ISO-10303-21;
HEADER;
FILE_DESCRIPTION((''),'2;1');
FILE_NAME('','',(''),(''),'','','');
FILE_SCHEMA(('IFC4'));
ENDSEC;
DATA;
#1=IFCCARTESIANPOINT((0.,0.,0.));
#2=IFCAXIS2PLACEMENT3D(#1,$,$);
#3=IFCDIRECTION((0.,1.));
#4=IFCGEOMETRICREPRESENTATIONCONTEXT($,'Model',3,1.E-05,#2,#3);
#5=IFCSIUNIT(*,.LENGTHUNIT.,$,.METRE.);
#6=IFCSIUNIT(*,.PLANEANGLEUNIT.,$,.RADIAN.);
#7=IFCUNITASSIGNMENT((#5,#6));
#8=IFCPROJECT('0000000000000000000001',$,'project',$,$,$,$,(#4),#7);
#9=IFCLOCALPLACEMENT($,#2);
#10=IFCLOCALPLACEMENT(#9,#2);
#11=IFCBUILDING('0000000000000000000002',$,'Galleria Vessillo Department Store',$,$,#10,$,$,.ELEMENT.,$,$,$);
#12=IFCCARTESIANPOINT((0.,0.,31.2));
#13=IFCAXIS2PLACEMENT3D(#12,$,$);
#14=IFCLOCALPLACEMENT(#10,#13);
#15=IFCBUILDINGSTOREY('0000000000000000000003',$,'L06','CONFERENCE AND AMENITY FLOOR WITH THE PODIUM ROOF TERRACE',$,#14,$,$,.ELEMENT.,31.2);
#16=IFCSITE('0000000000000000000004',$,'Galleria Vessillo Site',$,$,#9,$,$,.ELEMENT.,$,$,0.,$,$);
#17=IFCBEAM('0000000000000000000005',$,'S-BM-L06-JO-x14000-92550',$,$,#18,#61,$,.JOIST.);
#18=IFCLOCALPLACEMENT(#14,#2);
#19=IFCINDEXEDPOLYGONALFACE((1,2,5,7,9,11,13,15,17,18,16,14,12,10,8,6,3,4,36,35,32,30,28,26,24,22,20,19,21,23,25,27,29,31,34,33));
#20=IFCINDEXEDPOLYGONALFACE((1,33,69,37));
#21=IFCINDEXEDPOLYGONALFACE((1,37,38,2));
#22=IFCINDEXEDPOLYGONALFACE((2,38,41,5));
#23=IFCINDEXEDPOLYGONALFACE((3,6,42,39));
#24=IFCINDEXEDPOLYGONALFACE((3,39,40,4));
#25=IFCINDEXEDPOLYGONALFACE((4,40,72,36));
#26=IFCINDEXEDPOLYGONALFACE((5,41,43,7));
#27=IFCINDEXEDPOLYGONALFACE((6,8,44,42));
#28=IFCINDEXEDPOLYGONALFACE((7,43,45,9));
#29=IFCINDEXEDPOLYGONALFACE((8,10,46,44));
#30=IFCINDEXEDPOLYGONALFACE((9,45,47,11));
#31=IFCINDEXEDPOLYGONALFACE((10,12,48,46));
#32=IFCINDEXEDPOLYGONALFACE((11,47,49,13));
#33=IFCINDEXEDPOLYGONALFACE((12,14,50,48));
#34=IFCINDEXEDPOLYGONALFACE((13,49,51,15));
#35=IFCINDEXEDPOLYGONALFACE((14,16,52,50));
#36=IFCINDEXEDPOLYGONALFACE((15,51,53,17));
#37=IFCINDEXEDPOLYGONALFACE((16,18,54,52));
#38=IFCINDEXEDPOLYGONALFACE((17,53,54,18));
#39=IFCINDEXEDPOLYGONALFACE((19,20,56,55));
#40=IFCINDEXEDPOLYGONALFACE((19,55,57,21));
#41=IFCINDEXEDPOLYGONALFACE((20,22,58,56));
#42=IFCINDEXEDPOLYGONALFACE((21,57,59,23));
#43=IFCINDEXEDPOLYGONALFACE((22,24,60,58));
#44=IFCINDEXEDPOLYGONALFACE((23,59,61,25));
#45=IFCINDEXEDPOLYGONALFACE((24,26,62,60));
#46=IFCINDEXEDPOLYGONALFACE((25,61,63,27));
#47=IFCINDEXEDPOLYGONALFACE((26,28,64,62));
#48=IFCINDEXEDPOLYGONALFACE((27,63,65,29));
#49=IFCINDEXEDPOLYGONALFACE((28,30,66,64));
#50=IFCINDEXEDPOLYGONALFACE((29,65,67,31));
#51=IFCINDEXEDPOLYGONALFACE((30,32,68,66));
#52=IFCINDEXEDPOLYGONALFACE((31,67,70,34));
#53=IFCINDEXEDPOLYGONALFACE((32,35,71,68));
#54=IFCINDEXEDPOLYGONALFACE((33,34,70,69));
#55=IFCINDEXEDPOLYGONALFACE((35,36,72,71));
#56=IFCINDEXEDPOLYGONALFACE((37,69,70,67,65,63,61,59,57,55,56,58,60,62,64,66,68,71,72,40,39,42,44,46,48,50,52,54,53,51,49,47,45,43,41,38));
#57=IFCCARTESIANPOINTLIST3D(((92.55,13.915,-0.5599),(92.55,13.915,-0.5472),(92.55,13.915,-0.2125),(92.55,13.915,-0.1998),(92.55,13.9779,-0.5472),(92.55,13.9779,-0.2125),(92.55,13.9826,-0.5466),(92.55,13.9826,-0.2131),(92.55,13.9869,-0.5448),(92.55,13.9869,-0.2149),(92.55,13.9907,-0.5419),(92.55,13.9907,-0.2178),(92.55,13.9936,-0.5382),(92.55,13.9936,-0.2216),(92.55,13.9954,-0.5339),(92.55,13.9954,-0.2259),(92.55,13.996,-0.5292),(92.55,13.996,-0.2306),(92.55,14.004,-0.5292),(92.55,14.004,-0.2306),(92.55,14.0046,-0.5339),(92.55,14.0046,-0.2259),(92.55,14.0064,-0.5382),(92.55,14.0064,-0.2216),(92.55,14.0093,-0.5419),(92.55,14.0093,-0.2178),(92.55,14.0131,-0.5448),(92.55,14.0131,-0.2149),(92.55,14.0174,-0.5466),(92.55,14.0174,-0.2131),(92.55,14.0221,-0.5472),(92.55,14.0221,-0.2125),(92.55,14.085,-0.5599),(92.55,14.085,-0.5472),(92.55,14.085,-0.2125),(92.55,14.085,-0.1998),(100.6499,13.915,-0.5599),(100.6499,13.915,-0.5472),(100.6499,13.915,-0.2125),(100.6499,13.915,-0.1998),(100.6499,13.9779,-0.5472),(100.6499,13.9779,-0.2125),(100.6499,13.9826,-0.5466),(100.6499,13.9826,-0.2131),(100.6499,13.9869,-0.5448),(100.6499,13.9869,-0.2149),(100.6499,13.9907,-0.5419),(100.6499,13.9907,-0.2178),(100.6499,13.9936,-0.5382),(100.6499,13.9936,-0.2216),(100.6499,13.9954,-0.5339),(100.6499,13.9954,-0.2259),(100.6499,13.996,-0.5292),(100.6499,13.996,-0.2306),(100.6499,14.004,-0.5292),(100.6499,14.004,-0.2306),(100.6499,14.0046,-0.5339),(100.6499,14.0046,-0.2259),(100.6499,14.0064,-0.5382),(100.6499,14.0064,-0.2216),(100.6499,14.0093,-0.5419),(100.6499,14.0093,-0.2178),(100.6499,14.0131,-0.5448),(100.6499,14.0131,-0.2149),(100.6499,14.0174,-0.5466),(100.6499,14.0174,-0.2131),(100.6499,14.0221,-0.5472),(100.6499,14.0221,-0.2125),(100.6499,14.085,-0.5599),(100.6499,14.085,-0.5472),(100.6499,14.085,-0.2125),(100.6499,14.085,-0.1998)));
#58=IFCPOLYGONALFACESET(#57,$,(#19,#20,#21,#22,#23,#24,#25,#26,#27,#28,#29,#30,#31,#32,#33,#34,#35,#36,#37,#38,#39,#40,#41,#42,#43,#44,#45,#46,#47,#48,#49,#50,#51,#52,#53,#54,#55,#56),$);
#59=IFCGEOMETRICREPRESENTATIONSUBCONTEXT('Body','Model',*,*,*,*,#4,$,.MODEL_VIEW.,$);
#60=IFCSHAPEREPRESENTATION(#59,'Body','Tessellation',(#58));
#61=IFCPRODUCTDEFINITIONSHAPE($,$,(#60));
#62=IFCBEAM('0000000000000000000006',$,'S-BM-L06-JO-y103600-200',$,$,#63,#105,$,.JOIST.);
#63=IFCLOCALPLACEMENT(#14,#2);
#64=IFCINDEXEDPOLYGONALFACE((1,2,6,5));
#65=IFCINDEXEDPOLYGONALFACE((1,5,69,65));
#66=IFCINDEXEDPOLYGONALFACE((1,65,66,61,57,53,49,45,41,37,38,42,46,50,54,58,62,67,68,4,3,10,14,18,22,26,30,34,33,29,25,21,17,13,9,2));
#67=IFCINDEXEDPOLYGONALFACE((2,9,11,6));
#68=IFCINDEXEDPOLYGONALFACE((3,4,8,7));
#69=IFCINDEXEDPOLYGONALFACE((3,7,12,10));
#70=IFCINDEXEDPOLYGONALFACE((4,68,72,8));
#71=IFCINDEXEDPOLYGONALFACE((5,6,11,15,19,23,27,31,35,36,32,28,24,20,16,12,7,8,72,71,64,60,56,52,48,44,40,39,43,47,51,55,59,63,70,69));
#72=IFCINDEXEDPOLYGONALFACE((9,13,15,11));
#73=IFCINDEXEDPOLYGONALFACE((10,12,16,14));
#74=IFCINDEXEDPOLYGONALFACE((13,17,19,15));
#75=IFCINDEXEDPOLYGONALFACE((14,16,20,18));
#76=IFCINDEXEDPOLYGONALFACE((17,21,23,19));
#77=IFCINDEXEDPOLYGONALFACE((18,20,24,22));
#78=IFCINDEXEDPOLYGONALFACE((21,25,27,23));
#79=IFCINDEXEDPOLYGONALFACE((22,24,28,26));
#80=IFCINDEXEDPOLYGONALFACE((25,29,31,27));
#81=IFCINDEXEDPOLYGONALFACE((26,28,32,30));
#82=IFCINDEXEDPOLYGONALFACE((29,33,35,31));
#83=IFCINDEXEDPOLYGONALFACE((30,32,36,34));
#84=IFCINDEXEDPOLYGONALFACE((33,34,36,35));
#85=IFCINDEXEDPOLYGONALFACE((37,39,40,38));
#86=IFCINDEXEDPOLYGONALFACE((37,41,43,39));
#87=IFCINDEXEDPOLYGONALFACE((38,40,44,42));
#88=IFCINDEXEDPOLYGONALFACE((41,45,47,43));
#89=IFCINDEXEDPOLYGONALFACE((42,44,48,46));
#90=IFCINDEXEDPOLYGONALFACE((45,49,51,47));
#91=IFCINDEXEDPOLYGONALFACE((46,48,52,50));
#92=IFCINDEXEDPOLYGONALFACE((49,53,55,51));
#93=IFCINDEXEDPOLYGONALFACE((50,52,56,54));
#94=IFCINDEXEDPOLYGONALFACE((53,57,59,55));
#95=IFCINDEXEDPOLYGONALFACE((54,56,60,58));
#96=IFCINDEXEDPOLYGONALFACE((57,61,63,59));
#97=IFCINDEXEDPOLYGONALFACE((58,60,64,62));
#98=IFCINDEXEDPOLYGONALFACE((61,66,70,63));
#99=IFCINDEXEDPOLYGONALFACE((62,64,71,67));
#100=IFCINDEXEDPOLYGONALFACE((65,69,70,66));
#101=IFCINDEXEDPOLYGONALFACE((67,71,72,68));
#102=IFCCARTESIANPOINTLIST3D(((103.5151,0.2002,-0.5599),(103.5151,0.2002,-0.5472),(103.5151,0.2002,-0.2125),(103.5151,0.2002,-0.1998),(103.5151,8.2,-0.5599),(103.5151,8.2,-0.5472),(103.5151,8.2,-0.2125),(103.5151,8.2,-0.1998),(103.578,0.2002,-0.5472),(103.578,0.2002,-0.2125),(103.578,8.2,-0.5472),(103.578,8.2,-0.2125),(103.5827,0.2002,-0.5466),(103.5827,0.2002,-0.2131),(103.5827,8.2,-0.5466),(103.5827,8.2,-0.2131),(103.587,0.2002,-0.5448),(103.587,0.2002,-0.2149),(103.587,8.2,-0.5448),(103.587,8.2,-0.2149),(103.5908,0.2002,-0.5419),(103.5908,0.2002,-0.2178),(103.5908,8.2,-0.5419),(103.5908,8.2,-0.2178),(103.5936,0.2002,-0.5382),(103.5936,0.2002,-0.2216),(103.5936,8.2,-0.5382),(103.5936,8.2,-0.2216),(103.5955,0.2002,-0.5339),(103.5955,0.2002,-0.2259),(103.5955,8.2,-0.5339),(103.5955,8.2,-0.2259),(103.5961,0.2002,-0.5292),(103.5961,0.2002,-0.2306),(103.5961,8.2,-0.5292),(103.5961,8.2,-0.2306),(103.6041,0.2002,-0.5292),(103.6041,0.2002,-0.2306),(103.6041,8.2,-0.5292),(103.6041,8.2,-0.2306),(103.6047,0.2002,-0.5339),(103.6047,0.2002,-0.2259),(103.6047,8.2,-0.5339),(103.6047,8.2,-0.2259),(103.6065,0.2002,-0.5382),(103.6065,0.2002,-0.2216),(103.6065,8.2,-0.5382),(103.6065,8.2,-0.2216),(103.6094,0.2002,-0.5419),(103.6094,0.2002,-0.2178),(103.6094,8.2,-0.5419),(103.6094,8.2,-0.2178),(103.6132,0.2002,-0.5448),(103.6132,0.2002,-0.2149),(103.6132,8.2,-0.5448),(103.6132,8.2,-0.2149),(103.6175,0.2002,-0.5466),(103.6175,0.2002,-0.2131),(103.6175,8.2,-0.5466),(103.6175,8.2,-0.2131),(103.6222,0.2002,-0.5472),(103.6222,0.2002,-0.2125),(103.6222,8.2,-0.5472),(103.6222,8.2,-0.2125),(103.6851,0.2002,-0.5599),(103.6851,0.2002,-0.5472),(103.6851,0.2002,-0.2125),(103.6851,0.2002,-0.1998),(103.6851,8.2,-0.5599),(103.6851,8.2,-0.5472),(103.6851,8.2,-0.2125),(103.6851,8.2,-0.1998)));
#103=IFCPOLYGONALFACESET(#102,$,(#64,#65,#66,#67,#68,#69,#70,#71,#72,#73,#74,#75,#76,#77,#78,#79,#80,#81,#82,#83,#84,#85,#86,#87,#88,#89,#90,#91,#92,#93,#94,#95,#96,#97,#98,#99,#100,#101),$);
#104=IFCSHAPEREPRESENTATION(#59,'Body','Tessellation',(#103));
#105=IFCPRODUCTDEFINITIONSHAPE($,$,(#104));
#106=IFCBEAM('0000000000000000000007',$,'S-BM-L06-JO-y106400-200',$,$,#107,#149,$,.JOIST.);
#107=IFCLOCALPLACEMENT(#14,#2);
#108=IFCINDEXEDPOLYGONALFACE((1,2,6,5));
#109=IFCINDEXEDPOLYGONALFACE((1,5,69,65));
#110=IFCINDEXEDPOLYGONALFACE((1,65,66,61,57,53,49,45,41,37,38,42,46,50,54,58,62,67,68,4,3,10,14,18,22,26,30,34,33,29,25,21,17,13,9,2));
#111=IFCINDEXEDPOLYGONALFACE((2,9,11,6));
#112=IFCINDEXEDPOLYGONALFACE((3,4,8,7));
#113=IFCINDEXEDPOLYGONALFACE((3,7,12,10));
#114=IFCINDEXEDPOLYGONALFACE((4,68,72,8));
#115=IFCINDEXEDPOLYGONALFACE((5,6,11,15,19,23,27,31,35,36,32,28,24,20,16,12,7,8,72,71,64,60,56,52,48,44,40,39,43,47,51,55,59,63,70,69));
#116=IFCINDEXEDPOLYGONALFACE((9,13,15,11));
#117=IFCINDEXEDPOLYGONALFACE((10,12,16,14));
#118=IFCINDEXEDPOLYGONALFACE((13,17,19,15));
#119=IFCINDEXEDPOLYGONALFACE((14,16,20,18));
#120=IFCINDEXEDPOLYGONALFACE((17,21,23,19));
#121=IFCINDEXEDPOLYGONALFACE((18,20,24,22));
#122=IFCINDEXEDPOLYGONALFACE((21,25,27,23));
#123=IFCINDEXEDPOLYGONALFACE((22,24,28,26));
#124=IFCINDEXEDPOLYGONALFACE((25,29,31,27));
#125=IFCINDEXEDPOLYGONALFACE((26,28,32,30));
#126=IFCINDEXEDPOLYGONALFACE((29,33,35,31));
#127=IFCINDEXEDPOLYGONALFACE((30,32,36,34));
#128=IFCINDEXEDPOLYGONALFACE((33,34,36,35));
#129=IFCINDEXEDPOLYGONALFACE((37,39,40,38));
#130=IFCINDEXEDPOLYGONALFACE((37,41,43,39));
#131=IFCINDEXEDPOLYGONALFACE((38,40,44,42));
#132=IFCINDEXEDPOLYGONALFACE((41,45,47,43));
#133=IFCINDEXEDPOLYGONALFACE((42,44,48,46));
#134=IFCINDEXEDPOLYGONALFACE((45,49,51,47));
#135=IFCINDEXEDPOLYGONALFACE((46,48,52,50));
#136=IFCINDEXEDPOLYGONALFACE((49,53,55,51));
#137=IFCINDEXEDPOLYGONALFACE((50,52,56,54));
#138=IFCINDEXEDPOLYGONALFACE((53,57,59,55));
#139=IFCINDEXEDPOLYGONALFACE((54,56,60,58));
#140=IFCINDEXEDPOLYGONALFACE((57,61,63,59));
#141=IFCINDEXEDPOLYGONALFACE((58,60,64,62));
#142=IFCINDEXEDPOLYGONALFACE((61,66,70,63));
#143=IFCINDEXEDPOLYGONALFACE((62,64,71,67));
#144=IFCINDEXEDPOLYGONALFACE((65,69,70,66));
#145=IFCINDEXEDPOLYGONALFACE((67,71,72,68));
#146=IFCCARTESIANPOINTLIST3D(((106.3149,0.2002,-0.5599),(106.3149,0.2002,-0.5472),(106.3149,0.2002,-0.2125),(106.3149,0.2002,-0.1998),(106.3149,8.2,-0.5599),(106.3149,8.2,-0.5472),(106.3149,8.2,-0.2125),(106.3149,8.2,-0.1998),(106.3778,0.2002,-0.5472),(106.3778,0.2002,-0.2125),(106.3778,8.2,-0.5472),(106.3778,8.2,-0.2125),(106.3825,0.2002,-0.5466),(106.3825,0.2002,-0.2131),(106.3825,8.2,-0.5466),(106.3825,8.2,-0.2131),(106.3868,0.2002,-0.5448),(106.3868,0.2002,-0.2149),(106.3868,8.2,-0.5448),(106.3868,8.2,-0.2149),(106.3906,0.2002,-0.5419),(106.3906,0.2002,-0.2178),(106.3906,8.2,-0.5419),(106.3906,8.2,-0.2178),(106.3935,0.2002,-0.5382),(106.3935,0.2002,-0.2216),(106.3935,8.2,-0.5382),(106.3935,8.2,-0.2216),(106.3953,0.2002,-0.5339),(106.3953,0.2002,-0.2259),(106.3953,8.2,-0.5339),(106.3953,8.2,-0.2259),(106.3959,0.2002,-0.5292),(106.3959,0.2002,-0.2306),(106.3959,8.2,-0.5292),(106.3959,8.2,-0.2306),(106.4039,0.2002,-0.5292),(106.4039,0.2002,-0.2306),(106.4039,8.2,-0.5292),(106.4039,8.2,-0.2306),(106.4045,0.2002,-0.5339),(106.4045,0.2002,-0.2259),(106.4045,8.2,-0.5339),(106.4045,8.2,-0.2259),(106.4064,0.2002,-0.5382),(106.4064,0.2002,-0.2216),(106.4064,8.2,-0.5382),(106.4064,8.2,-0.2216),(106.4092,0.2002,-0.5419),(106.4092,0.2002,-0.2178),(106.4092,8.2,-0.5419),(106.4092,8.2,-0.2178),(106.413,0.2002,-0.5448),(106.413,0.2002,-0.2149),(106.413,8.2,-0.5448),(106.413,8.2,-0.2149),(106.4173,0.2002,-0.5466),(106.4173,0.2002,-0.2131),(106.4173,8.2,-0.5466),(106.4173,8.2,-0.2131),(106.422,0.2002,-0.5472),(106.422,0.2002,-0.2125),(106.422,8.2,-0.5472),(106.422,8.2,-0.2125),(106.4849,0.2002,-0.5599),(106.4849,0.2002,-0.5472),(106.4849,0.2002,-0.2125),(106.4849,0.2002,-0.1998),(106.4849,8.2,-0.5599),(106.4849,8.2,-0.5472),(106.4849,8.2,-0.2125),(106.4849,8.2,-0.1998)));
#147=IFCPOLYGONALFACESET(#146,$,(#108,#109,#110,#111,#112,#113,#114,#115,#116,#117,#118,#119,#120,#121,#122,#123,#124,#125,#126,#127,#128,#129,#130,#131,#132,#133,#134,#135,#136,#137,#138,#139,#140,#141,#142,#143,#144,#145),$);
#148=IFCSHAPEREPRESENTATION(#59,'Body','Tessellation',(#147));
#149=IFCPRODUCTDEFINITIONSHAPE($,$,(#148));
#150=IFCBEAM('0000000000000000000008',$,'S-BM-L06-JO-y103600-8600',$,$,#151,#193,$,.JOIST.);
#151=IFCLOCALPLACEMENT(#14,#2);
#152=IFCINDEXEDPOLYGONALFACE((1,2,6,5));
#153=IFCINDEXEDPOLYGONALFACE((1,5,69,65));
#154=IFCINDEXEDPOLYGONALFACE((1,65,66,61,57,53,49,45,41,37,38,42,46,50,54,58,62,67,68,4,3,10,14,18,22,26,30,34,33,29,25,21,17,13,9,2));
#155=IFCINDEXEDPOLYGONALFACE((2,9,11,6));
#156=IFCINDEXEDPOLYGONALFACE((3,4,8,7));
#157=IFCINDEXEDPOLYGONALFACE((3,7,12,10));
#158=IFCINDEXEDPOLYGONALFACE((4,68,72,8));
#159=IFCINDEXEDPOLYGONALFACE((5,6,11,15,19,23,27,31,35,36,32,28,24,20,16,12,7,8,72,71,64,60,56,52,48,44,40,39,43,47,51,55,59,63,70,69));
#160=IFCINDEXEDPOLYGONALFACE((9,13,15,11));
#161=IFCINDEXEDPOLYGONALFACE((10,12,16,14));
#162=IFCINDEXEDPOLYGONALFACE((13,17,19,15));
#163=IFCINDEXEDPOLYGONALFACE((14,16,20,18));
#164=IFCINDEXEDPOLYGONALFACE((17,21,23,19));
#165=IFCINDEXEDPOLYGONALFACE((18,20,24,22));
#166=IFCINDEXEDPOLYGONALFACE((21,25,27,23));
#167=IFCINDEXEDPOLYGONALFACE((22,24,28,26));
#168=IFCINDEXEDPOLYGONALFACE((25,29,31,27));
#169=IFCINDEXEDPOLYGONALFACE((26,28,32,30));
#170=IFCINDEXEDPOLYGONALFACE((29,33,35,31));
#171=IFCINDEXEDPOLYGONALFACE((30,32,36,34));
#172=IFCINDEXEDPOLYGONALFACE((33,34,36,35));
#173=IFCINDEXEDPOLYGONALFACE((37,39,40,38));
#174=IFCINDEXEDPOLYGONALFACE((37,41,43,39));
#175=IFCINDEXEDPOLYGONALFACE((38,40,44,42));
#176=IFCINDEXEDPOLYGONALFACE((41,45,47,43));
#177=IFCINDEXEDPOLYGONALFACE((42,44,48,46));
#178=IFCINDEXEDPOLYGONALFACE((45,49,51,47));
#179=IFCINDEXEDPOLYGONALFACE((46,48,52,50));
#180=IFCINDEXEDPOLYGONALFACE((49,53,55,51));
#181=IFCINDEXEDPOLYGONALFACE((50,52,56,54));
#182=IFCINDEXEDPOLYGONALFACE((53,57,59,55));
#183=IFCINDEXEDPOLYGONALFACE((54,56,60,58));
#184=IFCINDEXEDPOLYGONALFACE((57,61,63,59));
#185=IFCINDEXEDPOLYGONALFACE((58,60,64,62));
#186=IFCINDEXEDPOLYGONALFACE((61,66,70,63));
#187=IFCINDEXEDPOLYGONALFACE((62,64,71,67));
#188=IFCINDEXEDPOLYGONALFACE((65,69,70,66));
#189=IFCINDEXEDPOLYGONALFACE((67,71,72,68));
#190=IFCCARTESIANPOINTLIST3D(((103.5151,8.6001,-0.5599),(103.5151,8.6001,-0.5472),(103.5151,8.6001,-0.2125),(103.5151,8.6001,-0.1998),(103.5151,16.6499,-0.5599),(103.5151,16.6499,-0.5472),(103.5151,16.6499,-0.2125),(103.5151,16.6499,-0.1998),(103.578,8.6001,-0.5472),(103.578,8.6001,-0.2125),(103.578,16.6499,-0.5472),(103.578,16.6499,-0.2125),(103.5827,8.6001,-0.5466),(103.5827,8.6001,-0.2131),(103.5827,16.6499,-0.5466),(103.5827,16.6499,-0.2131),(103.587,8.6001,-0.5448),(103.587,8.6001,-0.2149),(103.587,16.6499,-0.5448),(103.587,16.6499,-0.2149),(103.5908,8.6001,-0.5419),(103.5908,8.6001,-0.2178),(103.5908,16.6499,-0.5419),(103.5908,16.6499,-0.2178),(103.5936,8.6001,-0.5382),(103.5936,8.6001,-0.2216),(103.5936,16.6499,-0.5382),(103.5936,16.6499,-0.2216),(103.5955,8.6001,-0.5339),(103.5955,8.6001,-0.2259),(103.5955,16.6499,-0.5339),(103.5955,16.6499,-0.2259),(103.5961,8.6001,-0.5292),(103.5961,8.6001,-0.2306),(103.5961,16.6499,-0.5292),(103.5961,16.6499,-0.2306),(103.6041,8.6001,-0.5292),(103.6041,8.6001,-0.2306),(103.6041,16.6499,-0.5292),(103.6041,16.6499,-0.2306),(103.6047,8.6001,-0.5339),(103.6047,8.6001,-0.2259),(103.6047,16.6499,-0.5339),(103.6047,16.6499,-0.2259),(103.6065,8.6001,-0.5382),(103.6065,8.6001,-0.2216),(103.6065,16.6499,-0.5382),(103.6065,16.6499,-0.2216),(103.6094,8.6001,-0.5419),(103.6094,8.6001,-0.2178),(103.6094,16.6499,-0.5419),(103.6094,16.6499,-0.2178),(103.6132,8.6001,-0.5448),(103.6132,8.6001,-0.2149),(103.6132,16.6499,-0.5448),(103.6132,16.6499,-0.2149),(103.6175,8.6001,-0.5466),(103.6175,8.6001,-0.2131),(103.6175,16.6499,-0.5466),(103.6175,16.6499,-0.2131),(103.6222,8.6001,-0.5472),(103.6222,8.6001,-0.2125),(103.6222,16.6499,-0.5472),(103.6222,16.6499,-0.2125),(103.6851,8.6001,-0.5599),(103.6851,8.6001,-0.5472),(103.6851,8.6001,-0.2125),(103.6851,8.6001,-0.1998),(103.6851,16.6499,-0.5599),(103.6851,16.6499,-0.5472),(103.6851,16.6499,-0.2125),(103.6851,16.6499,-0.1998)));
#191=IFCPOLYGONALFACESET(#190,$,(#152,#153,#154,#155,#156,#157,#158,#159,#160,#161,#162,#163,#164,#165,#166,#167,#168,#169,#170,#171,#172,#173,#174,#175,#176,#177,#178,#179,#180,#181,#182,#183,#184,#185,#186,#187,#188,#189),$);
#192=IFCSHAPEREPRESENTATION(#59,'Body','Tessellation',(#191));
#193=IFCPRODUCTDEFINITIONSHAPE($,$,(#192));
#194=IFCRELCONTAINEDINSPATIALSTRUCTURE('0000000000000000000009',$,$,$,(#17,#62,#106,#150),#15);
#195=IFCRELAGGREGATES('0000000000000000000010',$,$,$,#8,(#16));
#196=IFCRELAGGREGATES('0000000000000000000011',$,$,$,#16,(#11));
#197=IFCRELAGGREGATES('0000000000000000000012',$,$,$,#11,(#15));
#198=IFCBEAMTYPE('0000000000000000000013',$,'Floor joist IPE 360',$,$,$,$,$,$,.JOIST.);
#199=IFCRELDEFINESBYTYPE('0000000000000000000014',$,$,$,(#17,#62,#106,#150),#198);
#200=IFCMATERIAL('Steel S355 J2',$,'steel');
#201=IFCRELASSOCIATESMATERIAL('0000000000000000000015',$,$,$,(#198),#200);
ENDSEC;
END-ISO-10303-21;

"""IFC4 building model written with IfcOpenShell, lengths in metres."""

from ifc_helpers import new_model, si_unit, direction, frame, origin, origin_2d, place, context, subcontext, project, spatial, i_section, extrude, material, material_profile, profile_set, type_object, element, save


model = new_model("IFC4")

# Units and contexts
model_context = context("Model", 3, precision=1e-05, world=origin(), true_north=direction((0.0, 1.0)))
body_context = subcontext(model_context, "Body", "Model", "MODEL_VIEW")
ifc_project = project(units=[si_unit("LENGTHUNIT", "METRE"), si_unit("PLANEANGLEUNIT", "RADIAN")], contexts=[model_context])

# Site, building, storey
site_placement = place(None, origin())
site = spatial("IfcSite", under=ifc_project, at=site_placement, Name="Galleria Vessillo Site", CompositionType="ELEMENT", RefElevation=0.0)
building_placement = place(site_placement, origin())
building = spatial("IfcBuilding", under=site, at=building_placement, Name="Galleria Vessillo Department Store", CompositionType="ELEMENT")
storey_placement = place(building_placement, frame((0.0, 0.0, 31.2)))
storey = spatial("IfcBuildingStorey", under=building, at=storey_placement, Name="L06", Description="CONFERENCE AND AMENITY FLOOR WITH THE PODIUM ROOF TERRACE", CompositionType="ELEMENT", Elevation=31.2)

# Beams
ifc_material_1 = material(Name="Steel S355 J2", Category="steel")
ifc_material_profile_1 = material_profile(ifc_material_1, i_section(OverallWidth=0.1699, OverallDepth=0.3601, WebThickness=0.0081, FlangeThickness=0.0127, FilletRadius=0.0181, at=origin_2d()), Name="IPE 360")
ifc_profile_set_1 = profile_set([ifc_material_profile_1], Name="Steel S355 J2")
beam_type_1 = type_object("IfcBeamType", Name="Floor joist IPE 360", PredefinedType="JOIST", material=ifc_profile_set_1)
for number, where, z_axis, x_axis, name in (
    (1, (92.55, 14.0, -0.3799), (1.0, 0.0, 0.0), (0.0, 1.0, 0.0), "S-BM-L06-JO-x14000-92550"),
):
    element("IfcBeam", number, at=place(storey_placement, frame(where, z_axis=z_axis, x_axis=x_axis)), inside=storey, type_object=beam_type_1, Name=name, PredefinedType="JOIST", context=body_context, shape_type="SweptSolid", body=[
        extrude(i_section(OverallWidth=0.1699, OverallDepth=0.3601, WebThickness=0.0081, FlangeThickness=0.0127, FilletRadius=0.0181, at=origin_2d()), origin(), (0.0, 0.0, 1.0), 8.0999),
    ])
for number, where, z_axis, x_axis, name in (
    (2, (103.6001, 0.2002, -0.3799), (0.0, 1.0, 0.0), (-1.0, 0.0, 0.0), "S-BM-L06-JO-y103600-200"),
    (3, (106.3999, 0.2002, -0.3799), (0.0, 1.0, 0.0), (-1.0, 0.0, 0.0), "S-BM-L06-JO-y106400-200"),
):
    element("IfcBeam", number, at=place(storey_placement, frame(where, z_axis=z_axis, x_axis=x_axis)), inside=storey, type_object=beam_type_1, Name=name, PredefinedType="JOIST", context=body_context, shape_type="SweptSolid", body=[
        extrude(i_section(OverallWidth=0.1699, OverallDepth=0.3601, WebThickness=0.0081, FlangeThickness=0.0127, FilletRadius=0.0181, at=origin_2d()), origin(), (0.0, 0.0, 1.0), 7.9998),
    ])
for number, where, z_axis, x_axis, name in (
    (4, (103.6001, 8.6001, -0.3799), (0.0, 1.0, 0.0), (-1.0, 0.0, 0.0), "S-BM-L06-JO-y103600-8600"),
):
    element("IfcBeam", number, at=place(storey_placement, frame(where, z_axis=z_axis, x_axis=x_axis)), inside=storey, type_object=beam_type_1, Name=name, PredefinedType="JOIST", context=body_context, shape_type="SweptSolid", body=[
        extrude(i_section(OverallWidth=0.1699, OverallDepth=0.3601, WebThickness=0.0081, FlangeThickness=0.0127, FilletRadius=0.0181, at=origin_2d()), origin(), (0.0, 0.0, 1.0), 8.0498),
    ])

save(model, "model.ifc")
